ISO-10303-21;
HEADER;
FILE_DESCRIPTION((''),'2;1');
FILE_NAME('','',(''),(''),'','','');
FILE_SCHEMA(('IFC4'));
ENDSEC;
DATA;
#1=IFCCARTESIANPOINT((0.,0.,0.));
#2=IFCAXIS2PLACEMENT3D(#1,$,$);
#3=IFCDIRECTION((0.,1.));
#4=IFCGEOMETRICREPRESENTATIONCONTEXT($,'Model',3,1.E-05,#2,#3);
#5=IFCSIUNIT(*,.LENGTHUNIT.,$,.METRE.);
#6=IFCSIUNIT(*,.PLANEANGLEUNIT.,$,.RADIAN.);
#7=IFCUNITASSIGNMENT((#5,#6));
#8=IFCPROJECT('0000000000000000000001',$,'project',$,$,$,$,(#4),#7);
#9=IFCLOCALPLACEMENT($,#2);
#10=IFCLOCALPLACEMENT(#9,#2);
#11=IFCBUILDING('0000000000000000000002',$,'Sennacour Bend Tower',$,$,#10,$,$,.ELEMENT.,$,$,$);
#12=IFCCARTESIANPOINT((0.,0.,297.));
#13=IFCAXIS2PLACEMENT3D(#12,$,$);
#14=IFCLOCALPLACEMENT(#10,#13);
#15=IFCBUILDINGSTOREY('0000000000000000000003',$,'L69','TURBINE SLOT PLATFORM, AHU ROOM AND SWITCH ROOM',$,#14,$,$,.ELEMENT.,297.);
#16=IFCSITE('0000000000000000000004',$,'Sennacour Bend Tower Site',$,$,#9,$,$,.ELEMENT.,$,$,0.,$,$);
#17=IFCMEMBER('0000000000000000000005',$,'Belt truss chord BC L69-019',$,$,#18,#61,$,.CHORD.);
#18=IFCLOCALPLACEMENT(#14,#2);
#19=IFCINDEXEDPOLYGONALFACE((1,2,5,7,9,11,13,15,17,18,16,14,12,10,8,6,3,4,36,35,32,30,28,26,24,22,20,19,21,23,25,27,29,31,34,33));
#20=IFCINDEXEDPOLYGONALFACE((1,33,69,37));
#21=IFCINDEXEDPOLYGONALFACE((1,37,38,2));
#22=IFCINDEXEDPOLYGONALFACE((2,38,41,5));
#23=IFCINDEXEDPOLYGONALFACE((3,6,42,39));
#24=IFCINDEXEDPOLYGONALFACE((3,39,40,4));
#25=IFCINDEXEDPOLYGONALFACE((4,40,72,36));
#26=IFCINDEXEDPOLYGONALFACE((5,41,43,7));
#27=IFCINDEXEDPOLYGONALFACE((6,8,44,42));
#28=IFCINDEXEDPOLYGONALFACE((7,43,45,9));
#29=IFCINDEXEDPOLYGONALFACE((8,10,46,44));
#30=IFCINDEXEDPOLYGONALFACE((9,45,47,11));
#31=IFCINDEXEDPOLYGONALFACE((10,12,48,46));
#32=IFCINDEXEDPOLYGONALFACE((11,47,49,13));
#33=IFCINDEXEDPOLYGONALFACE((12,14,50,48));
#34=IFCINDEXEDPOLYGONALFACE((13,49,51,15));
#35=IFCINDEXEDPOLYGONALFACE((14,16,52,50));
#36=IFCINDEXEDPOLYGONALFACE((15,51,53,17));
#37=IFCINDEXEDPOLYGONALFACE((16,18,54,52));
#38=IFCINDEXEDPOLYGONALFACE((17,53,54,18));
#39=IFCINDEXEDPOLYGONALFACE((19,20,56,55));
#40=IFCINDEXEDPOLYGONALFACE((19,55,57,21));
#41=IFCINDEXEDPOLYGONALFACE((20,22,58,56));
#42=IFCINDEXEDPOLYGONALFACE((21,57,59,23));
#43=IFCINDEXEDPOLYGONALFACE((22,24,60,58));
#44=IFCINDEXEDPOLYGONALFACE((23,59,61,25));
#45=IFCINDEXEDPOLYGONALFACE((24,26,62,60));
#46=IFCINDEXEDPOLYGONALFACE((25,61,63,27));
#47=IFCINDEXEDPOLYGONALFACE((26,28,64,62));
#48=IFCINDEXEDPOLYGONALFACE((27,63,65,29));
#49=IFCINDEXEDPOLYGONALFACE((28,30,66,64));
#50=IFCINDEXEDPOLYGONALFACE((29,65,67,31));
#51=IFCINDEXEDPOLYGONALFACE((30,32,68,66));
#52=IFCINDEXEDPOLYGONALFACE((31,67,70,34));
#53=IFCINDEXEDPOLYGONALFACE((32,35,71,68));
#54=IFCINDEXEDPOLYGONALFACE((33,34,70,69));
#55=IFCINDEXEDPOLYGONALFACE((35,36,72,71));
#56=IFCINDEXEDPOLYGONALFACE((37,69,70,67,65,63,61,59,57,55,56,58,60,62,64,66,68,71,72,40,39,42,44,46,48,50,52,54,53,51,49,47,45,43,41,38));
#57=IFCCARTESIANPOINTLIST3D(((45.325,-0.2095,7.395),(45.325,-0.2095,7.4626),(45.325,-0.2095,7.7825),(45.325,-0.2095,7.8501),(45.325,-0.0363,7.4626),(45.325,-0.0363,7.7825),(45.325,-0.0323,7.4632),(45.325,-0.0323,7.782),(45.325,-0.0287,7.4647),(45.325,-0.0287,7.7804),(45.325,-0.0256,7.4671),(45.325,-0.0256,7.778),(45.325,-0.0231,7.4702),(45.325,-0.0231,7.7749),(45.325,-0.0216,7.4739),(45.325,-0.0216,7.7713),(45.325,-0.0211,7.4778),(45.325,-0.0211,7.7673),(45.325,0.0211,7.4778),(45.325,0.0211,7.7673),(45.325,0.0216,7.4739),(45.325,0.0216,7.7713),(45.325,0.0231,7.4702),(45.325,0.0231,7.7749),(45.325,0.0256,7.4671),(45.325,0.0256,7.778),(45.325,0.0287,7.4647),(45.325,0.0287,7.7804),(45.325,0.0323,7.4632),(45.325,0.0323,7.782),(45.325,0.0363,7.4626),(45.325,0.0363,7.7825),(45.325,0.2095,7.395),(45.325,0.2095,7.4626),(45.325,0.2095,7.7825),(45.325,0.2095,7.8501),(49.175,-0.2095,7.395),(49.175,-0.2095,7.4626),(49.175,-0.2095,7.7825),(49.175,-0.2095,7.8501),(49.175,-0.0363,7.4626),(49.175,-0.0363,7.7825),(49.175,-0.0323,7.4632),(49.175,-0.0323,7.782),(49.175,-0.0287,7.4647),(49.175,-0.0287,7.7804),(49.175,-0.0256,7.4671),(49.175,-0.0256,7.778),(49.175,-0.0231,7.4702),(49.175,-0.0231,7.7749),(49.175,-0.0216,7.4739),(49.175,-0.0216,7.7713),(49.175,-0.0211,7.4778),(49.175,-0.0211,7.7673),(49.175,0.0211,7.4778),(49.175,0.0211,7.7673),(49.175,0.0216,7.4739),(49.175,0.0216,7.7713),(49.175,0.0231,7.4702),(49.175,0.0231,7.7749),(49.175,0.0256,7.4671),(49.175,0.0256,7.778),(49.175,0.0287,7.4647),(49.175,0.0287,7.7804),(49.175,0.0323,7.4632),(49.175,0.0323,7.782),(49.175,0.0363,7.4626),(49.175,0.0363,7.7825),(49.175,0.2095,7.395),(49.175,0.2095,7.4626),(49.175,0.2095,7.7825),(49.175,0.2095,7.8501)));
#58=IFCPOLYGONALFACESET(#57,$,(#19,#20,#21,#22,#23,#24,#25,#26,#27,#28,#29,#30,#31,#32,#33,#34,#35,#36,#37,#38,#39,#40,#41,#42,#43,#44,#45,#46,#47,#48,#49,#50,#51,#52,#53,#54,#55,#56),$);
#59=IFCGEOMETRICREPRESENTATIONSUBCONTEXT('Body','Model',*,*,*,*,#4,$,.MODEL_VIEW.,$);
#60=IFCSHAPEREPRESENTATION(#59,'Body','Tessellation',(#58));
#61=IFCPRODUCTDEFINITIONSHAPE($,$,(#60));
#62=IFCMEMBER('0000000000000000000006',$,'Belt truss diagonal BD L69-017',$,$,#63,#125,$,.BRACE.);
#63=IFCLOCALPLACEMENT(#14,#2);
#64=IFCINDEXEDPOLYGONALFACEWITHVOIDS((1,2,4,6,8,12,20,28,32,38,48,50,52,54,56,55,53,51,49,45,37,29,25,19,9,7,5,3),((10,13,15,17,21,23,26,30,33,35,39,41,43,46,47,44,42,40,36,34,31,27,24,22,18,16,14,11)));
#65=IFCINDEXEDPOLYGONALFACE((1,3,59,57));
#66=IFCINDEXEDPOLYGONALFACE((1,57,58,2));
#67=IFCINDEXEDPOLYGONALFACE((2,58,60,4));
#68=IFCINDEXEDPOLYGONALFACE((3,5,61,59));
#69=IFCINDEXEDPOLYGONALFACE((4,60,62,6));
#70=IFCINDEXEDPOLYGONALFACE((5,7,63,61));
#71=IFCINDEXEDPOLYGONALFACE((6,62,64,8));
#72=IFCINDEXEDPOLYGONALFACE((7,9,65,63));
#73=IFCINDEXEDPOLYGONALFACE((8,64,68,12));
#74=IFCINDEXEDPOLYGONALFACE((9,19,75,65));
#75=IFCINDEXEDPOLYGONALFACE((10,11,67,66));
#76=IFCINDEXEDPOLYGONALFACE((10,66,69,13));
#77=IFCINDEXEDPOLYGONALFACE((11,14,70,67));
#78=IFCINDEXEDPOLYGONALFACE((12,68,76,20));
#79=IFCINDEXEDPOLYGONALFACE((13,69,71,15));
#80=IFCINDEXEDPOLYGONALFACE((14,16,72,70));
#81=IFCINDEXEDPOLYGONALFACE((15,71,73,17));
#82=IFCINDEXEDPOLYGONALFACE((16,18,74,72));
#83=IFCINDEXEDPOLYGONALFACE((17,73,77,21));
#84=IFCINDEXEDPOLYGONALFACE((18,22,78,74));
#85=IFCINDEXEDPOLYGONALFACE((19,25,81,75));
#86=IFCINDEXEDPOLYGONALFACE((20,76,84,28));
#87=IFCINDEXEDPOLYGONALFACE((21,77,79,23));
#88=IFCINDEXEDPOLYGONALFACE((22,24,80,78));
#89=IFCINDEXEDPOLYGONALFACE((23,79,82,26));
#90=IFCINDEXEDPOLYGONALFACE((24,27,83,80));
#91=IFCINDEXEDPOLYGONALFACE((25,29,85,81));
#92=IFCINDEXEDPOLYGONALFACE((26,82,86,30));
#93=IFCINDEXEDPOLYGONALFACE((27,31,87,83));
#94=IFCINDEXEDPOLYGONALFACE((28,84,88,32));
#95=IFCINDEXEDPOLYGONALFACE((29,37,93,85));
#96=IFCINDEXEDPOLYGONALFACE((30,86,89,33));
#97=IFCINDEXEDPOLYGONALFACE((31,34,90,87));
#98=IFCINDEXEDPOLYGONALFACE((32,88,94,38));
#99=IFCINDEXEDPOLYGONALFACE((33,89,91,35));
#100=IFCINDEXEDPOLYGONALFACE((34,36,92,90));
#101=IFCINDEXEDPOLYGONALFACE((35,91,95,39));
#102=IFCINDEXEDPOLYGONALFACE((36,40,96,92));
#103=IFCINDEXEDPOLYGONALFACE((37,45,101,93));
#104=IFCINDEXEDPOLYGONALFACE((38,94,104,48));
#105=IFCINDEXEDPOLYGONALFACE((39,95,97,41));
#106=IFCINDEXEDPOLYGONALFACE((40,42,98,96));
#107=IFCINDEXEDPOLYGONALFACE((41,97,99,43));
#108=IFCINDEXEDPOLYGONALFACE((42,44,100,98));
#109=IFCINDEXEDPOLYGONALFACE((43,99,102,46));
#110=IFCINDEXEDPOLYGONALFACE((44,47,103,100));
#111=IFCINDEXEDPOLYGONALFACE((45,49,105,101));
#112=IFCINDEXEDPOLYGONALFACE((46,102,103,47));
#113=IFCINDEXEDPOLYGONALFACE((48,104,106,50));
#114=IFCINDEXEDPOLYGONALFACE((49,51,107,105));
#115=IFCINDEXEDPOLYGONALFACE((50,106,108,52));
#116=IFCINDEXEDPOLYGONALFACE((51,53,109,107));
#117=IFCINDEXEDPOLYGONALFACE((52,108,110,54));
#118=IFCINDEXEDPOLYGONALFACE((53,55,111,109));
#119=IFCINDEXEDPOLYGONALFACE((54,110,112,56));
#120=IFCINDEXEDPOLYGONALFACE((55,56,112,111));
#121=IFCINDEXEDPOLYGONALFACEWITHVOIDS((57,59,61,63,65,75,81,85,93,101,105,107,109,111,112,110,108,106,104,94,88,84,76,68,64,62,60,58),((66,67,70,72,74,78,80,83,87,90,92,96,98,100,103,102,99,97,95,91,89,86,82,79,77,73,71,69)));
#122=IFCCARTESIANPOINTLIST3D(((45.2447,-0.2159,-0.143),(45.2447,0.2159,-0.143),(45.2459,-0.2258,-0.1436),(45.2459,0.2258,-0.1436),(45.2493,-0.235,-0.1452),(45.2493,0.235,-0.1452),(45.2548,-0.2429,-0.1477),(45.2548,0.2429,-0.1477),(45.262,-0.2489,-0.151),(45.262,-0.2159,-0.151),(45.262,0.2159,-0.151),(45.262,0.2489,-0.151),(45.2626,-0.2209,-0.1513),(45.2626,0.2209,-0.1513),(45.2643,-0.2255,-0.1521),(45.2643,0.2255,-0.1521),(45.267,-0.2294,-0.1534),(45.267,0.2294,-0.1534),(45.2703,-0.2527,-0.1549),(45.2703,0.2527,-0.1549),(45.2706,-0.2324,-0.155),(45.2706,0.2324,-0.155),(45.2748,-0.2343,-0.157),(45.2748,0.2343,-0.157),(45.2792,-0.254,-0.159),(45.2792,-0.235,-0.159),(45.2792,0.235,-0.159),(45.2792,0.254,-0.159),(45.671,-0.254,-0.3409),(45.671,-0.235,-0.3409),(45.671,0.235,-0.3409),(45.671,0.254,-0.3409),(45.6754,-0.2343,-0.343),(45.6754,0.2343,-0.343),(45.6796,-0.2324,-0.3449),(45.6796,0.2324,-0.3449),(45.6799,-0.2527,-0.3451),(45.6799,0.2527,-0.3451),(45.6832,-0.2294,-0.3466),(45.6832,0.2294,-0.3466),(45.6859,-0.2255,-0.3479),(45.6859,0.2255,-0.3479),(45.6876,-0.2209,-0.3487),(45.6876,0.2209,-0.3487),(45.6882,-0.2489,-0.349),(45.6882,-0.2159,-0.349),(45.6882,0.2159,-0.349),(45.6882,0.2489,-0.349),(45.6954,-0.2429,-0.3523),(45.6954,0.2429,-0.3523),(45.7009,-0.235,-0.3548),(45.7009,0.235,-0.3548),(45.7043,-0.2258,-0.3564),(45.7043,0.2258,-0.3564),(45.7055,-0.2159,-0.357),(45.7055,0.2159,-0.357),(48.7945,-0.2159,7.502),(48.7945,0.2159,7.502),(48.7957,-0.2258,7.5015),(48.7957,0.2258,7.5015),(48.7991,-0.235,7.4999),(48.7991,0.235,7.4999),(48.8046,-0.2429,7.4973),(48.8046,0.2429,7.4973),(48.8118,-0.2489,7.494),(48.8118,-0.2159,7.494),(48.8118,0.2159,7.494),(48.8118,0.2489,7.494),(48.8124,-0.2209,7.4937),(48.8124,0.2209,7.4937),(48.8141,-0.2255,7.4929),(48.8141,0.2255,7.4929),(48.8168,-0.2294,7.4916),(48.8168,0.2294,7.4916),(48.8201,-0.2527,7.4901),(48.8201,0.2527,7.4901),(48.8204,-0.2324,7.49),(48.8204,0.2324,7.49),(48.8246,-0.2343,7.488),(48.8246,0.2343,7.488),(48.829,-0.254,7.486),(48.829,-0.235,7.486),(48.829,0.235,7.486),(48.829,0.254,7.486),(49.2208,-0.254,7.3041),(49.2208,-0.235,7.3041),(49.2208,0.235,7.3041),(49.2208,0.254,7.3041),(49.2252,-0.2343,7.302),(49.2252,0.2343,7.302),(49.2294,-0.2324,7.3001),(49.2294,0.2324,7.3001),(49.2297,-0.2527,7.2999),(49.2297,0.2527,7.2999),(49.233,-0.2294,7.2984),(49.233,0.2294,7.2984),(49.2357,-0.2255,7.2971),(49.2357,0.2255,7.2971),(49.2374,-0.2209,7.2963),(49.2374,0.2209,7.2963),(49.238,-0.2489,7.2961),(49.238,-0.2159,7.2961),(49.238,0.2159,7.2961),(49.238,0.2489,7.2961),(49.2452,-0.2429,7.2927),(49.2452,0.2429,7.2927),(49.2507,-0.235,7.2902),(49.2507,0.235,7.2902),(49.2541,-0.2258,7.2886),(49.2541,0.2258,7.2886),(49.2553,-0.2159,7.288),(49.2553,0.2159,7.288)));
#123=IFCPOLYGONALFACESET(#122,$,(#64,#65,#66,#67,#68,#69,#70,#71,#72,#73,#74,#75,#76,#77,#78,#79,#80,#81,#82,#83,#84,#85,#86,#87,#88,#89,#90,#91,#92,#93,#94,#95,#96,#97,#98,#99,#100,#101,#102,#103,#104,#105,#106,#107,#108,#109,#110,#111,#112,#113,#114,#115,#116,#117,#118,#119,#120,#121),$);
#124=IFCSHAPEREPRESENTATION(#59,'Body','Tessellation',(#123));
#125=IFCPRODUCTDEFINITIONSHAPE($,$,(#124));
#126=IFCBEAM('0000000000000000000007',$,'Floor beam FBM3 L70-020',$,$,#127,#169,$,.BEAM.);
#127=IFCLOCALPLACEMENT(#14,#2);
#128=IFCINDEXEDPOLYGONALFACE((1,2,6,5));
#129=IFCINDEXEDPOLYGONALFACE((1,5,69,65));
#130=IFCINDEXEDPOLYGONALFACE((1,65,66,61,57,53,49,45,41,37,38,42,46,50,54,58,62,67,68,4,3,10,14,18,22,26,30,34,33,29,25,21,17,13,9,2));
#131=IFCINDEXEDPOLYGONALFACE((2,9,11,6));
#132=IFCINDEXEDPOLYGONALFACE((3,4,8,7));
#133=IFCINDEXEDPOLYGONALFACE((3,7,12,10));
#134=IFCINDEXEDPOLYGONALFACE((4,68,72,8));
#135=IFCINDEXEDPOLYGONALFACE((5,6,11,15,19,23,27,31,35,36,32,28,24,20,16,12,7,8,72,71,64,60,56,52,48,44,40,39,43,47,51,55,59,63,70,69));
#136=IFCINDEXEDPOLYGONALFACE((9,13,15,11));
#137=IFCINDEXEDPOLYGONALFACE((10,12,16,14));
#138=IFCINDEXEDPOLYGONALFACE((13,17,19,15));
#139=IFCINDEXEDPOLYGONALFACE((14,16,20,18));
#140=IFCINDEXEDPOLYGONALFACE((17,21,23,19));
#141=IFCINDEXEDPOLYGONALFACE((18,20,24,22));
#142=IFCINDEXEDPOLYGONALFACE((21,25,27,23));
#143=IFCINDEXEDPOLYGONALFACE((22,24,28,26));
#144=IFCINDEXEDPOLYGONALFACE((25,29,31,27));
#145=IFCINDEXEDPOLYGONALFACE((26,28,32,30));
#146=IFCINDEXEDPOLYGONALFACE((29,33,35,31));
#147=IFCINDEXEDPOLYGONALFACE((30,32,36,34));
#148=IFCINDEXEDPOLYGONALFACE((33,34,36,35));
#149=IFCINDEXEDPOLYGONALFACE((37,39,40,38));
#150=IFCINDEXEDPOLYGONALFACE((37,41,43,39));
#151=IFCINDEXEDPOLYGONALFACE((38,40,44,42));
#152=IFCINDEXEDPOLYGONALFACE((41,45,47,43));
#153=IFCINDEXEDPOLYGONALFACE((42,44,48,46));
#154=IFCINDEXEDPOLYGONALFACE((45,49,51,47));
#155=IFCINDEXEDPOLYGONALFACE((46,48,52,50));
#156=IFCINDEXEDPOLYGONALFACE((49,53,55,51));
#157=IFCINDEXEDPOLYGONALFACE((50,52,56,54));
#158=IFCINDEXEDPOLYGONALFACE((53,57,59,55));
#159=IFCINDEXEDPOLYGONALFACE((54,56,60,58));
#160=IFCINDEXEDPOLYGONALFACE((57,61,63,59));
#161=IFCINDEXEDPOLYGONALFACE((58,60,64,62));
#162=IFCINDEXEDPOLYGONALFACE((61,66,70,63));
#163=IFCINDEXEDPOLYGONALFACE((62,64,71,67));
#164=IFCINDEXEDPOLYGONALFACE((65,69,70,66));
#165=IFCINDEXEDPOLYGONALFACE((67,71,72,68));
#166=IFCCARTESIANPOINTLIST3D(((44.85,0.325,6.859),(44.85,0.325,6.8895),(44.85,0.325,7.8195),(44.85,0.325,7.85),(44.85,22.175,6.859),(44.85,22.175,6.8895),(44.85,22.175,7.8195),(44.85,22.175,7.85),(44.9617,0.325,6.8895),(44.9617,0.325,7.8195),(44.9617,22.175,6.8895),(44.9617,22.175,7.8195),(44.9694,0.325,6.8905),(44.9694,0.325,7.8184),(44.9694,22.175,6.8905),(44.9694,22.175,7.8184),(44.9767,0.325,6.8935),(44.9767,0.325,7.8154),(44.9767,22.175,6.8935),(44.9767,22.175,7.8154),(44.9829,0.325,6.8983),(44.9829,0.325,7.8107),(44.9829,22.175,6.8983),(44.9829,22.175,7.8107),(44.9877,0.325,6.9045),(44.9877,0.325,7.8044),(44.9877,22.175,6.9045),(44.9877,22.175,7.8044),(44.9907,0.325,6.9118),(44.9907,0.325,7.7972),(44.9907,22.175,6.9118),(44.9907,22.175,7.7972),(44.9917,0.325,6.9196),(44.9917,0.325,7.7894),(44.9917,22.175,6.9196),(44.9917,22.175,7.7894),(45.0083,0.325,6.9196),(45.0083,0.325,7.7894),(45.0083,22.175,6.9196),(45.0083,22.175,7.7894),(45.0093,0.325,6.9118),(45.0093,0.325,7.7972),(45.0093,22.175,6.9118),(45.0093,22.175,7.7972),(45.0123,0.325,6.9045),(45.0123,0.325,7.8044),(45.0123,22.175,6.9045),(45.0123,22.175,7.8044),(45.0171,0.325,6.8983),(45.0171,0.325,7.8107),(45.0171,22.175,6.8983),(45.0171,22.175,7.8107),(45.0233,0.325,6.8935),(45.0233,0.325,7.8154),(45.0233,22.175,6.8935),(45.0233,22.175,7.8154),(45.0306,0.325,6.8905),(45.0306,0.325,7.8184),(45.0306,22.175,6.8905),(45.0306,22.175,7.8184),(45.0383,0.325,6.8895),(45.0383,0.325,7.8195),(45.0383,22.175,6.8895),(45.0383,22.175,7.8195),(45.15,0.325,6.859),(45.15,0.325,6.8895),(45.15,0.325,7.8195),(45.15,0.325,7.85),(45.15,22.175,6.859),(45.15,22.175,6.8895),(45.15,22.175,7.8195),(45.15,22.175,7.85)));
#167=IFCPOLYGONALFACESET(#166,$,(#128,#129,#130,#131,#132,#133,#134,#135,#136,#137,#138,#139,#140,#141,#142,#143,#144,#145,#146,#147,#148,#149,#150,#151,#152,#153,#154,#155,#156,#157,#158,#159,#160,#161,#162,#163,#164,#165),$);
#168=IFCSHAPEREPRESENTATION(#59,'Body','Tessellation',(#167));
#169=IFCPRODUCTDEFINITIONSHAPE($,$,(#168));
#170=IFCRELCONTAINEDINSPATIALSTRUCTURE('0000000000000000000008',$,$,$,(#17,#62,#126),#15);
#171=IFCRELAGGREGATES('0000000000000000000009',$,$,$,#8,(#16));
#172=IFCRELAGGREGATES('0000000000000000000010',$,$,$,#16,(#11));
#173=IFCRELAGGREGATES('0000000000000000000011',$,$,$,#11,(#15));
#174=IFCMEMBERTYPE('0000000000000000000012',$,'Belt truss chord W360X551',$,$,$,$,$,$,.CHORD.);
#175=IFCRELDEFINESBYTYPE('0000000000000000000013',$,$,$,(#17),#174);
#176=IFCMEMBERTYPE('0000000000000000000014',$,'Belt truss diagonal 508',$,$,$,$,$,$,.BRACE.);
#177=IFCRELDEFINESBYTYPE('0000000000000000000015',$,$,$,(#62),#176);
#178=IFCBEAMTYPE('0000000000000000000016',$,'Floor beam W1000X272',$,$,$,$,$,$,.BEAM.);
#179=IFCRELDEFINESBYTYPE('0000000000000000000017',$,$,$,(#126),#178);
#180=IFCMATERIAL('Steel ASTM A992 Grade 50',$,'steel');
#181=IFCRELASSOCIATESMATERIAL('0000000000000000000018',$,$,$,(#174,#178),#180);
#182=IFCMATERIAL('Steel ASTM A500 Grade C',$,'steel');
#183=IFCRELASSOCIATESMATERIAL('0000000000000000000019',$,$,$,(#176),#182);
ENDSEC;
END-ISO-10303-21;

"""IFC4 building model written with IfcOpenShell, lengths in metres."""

from ifc_helpers import new_model, si_unit, direction, frame, origin, origin_2d, place, context, subcontext, project, spatial, hollow_rectangle, i_section, extrude, material, material_profile, profile_set, type_object, element, save


model = new_model("IFC4")

# Units and contexts
model_context = context("Model", 3, precision=1e-05, world=origin(), true_north=direction((0.0, 1.0)))
body_context = subcontext(model_context, "Body", "Model", "MODEL_VIEW")
ifc_project = project(units=[si_unit("LENGTHUNIT", "METRE"), si_unit("PLANEANGLEUNIT", "RADIAN")], contexts=[model_context])

# Site, building, storey
site_placement = place(None, origin())
site = spatial("IfcSite", under=ifc_project, at=site_placement, Name="Sennacour Bend Tower Site", CompositionType="ELEMENT", RefElevation=0.0)
building_placement = place(site_placement, origin())
building = spatial("IfcBuilding", under=site, at=building_placement, Name="Sennacour Bend Tower", CompositionType="ELEMENT")
storey_placement = place(building_placement, frame((0.0, 0.0, 297.0)))
storey = spatial("IfcBuildingStorey", under=building, at=storey_placement, Name="L69", Description="TURBINE SLOT PLATFORM, AHU ROOM AND SWITCH ROOM", CompositionType="ELEMENT", Elevation=297.0)

# Members
ifc_material_1 = material(Name="Steel ASTM A992 Grade 50", Category="steel")
ifc_material_profile_1 = material_profile(ifc_material_1, i_section(OverallWidth=0.4189, OverallDepth=0.4551, WebThickness=0.0422, FlangeThickness=0.0676, FilletRadius=0.0151, at=origin_2d()), Name="Steel ASTM A992 Grade 50", Category="steel")
ifc_profile_set_1 = profile_set([ifc_material_profile_1], Name="Steel ASTM A992 Grade 50")
member_type_1 = type_object("IfcMemberType", Name="Belt truss chord W360X551", PredefinedType="CHORD", material=ifc_profile_set_1)
member_1_placement = place(storey_placement, frame((49.175, 0.0, 7.6226), z_axis=(-1.0, 0.0, 0.0), x_axis=(0.0, -1.0, 0.0)))
element("IfcMember", 1, at=member_1_placement, inside=storey, type_object=member_type_1, Name="Belt truss chord BC L69-019", PredefinedType="CHORD", context=body_context, shape_type="SweptSolid", body=[
    extrude(i_section(OverallWidth=0.4189, OverallDepth=0.4551, WebThickness=0.0422, FlangeThickness=0.0676, FilletRadius=0.0151, at=origin_2d()), origin(), (0.0, 0.0, 1.0), 3.8501),
])
ifc_material_2 = material(Name="Steel ASTM A500 Grade C", Category="steel")
ifc_material_profile_2 = material_profile(ifc_material_2, hollow_rectangle(XDim=0.5081, YDim=0.5081, WallThickness=0.019, InnerFilletRadius=0.019, OuterFilletRadius=0.0381, at=origin_2d()), Name="Steel ASTM A500 Grade C", Category="steel")
ifc_profile_set_2 = profile_set([ifc_material_profile_2], Name="Steel ASTM A500 Grade C")
member_type_2 = type_object("IfcMemberType", Name="Belt truss diagonal 508", PredefinedType="BRACE", material=ifc_profile_set_2)
member_2_placement = place(storey_placement, frame((49.0249, 0.0, 7.395), z_axis=(-0.421144, 0.0, -0.906994), x_axis=(0.0, -1.0, 0.0)))
element("IfcMember", 2, at=member_2_placement, inside=storey, type_object=member_type_2, Name="Belt truss diagonal BD L69-017", PredefinedType="BRACE", context=body_context, shape_type="SweptSolid", body=[
    extrude(hollow_rectangle(XDim=0.5081, YDim=0.5081, WallThickness=0.019, InnerFilletRadius=0.019, OuterFilletRadius=0.0381, at=origin_2d()), origin(), (0.0, 0.0, 1.0), 8.429),
])

# Beam
ifc_material_profile_3 = material_profile(ifc_material_1, i_section(OverallWidth=0.3, OverallDepth=0.991, WebThickness=0.0166, FlangeThickness=0.0305, FilletRadius=0.03, at=origin_2d()), Name="Steel ASTM A992 Grade 50", Category="steel")
ifc_profile_set_3 = profile_set([ifc_material_profile_3], Name="Steel ASTM A992 Grade 50")
beam_type = type_object("IfcBeamType", Name="Floor beam W1000X272", PredefinedType="BEAM", material=ifc_profile_set_3)
beam_1_placement = place(storey_placement, frame((45.0, 0.325, 7.3545), z_axis=(0.0, 1.0, 0.0), x_axis=(-1.0, 0.0, 0.0)))
element("IfcBeam", 3, at=beam_1_placement, inside=storey, type_object=beam_type, Name="Floor beam FBM3 L70-020", PredefinedType="BEAM", context=body_context, shape_type="SweptSolid", body=[
    extrude(i_section(OverallWidth=0.3, OverallDepth=0.991, WebThickness=0.0166, FlangeThickness=0.0305, FilletRadius=0.03, at=origin_2d()), origin(), (0.0, 0.0, 1.0), 21.8501),
])

save(model, "model.ifc")
